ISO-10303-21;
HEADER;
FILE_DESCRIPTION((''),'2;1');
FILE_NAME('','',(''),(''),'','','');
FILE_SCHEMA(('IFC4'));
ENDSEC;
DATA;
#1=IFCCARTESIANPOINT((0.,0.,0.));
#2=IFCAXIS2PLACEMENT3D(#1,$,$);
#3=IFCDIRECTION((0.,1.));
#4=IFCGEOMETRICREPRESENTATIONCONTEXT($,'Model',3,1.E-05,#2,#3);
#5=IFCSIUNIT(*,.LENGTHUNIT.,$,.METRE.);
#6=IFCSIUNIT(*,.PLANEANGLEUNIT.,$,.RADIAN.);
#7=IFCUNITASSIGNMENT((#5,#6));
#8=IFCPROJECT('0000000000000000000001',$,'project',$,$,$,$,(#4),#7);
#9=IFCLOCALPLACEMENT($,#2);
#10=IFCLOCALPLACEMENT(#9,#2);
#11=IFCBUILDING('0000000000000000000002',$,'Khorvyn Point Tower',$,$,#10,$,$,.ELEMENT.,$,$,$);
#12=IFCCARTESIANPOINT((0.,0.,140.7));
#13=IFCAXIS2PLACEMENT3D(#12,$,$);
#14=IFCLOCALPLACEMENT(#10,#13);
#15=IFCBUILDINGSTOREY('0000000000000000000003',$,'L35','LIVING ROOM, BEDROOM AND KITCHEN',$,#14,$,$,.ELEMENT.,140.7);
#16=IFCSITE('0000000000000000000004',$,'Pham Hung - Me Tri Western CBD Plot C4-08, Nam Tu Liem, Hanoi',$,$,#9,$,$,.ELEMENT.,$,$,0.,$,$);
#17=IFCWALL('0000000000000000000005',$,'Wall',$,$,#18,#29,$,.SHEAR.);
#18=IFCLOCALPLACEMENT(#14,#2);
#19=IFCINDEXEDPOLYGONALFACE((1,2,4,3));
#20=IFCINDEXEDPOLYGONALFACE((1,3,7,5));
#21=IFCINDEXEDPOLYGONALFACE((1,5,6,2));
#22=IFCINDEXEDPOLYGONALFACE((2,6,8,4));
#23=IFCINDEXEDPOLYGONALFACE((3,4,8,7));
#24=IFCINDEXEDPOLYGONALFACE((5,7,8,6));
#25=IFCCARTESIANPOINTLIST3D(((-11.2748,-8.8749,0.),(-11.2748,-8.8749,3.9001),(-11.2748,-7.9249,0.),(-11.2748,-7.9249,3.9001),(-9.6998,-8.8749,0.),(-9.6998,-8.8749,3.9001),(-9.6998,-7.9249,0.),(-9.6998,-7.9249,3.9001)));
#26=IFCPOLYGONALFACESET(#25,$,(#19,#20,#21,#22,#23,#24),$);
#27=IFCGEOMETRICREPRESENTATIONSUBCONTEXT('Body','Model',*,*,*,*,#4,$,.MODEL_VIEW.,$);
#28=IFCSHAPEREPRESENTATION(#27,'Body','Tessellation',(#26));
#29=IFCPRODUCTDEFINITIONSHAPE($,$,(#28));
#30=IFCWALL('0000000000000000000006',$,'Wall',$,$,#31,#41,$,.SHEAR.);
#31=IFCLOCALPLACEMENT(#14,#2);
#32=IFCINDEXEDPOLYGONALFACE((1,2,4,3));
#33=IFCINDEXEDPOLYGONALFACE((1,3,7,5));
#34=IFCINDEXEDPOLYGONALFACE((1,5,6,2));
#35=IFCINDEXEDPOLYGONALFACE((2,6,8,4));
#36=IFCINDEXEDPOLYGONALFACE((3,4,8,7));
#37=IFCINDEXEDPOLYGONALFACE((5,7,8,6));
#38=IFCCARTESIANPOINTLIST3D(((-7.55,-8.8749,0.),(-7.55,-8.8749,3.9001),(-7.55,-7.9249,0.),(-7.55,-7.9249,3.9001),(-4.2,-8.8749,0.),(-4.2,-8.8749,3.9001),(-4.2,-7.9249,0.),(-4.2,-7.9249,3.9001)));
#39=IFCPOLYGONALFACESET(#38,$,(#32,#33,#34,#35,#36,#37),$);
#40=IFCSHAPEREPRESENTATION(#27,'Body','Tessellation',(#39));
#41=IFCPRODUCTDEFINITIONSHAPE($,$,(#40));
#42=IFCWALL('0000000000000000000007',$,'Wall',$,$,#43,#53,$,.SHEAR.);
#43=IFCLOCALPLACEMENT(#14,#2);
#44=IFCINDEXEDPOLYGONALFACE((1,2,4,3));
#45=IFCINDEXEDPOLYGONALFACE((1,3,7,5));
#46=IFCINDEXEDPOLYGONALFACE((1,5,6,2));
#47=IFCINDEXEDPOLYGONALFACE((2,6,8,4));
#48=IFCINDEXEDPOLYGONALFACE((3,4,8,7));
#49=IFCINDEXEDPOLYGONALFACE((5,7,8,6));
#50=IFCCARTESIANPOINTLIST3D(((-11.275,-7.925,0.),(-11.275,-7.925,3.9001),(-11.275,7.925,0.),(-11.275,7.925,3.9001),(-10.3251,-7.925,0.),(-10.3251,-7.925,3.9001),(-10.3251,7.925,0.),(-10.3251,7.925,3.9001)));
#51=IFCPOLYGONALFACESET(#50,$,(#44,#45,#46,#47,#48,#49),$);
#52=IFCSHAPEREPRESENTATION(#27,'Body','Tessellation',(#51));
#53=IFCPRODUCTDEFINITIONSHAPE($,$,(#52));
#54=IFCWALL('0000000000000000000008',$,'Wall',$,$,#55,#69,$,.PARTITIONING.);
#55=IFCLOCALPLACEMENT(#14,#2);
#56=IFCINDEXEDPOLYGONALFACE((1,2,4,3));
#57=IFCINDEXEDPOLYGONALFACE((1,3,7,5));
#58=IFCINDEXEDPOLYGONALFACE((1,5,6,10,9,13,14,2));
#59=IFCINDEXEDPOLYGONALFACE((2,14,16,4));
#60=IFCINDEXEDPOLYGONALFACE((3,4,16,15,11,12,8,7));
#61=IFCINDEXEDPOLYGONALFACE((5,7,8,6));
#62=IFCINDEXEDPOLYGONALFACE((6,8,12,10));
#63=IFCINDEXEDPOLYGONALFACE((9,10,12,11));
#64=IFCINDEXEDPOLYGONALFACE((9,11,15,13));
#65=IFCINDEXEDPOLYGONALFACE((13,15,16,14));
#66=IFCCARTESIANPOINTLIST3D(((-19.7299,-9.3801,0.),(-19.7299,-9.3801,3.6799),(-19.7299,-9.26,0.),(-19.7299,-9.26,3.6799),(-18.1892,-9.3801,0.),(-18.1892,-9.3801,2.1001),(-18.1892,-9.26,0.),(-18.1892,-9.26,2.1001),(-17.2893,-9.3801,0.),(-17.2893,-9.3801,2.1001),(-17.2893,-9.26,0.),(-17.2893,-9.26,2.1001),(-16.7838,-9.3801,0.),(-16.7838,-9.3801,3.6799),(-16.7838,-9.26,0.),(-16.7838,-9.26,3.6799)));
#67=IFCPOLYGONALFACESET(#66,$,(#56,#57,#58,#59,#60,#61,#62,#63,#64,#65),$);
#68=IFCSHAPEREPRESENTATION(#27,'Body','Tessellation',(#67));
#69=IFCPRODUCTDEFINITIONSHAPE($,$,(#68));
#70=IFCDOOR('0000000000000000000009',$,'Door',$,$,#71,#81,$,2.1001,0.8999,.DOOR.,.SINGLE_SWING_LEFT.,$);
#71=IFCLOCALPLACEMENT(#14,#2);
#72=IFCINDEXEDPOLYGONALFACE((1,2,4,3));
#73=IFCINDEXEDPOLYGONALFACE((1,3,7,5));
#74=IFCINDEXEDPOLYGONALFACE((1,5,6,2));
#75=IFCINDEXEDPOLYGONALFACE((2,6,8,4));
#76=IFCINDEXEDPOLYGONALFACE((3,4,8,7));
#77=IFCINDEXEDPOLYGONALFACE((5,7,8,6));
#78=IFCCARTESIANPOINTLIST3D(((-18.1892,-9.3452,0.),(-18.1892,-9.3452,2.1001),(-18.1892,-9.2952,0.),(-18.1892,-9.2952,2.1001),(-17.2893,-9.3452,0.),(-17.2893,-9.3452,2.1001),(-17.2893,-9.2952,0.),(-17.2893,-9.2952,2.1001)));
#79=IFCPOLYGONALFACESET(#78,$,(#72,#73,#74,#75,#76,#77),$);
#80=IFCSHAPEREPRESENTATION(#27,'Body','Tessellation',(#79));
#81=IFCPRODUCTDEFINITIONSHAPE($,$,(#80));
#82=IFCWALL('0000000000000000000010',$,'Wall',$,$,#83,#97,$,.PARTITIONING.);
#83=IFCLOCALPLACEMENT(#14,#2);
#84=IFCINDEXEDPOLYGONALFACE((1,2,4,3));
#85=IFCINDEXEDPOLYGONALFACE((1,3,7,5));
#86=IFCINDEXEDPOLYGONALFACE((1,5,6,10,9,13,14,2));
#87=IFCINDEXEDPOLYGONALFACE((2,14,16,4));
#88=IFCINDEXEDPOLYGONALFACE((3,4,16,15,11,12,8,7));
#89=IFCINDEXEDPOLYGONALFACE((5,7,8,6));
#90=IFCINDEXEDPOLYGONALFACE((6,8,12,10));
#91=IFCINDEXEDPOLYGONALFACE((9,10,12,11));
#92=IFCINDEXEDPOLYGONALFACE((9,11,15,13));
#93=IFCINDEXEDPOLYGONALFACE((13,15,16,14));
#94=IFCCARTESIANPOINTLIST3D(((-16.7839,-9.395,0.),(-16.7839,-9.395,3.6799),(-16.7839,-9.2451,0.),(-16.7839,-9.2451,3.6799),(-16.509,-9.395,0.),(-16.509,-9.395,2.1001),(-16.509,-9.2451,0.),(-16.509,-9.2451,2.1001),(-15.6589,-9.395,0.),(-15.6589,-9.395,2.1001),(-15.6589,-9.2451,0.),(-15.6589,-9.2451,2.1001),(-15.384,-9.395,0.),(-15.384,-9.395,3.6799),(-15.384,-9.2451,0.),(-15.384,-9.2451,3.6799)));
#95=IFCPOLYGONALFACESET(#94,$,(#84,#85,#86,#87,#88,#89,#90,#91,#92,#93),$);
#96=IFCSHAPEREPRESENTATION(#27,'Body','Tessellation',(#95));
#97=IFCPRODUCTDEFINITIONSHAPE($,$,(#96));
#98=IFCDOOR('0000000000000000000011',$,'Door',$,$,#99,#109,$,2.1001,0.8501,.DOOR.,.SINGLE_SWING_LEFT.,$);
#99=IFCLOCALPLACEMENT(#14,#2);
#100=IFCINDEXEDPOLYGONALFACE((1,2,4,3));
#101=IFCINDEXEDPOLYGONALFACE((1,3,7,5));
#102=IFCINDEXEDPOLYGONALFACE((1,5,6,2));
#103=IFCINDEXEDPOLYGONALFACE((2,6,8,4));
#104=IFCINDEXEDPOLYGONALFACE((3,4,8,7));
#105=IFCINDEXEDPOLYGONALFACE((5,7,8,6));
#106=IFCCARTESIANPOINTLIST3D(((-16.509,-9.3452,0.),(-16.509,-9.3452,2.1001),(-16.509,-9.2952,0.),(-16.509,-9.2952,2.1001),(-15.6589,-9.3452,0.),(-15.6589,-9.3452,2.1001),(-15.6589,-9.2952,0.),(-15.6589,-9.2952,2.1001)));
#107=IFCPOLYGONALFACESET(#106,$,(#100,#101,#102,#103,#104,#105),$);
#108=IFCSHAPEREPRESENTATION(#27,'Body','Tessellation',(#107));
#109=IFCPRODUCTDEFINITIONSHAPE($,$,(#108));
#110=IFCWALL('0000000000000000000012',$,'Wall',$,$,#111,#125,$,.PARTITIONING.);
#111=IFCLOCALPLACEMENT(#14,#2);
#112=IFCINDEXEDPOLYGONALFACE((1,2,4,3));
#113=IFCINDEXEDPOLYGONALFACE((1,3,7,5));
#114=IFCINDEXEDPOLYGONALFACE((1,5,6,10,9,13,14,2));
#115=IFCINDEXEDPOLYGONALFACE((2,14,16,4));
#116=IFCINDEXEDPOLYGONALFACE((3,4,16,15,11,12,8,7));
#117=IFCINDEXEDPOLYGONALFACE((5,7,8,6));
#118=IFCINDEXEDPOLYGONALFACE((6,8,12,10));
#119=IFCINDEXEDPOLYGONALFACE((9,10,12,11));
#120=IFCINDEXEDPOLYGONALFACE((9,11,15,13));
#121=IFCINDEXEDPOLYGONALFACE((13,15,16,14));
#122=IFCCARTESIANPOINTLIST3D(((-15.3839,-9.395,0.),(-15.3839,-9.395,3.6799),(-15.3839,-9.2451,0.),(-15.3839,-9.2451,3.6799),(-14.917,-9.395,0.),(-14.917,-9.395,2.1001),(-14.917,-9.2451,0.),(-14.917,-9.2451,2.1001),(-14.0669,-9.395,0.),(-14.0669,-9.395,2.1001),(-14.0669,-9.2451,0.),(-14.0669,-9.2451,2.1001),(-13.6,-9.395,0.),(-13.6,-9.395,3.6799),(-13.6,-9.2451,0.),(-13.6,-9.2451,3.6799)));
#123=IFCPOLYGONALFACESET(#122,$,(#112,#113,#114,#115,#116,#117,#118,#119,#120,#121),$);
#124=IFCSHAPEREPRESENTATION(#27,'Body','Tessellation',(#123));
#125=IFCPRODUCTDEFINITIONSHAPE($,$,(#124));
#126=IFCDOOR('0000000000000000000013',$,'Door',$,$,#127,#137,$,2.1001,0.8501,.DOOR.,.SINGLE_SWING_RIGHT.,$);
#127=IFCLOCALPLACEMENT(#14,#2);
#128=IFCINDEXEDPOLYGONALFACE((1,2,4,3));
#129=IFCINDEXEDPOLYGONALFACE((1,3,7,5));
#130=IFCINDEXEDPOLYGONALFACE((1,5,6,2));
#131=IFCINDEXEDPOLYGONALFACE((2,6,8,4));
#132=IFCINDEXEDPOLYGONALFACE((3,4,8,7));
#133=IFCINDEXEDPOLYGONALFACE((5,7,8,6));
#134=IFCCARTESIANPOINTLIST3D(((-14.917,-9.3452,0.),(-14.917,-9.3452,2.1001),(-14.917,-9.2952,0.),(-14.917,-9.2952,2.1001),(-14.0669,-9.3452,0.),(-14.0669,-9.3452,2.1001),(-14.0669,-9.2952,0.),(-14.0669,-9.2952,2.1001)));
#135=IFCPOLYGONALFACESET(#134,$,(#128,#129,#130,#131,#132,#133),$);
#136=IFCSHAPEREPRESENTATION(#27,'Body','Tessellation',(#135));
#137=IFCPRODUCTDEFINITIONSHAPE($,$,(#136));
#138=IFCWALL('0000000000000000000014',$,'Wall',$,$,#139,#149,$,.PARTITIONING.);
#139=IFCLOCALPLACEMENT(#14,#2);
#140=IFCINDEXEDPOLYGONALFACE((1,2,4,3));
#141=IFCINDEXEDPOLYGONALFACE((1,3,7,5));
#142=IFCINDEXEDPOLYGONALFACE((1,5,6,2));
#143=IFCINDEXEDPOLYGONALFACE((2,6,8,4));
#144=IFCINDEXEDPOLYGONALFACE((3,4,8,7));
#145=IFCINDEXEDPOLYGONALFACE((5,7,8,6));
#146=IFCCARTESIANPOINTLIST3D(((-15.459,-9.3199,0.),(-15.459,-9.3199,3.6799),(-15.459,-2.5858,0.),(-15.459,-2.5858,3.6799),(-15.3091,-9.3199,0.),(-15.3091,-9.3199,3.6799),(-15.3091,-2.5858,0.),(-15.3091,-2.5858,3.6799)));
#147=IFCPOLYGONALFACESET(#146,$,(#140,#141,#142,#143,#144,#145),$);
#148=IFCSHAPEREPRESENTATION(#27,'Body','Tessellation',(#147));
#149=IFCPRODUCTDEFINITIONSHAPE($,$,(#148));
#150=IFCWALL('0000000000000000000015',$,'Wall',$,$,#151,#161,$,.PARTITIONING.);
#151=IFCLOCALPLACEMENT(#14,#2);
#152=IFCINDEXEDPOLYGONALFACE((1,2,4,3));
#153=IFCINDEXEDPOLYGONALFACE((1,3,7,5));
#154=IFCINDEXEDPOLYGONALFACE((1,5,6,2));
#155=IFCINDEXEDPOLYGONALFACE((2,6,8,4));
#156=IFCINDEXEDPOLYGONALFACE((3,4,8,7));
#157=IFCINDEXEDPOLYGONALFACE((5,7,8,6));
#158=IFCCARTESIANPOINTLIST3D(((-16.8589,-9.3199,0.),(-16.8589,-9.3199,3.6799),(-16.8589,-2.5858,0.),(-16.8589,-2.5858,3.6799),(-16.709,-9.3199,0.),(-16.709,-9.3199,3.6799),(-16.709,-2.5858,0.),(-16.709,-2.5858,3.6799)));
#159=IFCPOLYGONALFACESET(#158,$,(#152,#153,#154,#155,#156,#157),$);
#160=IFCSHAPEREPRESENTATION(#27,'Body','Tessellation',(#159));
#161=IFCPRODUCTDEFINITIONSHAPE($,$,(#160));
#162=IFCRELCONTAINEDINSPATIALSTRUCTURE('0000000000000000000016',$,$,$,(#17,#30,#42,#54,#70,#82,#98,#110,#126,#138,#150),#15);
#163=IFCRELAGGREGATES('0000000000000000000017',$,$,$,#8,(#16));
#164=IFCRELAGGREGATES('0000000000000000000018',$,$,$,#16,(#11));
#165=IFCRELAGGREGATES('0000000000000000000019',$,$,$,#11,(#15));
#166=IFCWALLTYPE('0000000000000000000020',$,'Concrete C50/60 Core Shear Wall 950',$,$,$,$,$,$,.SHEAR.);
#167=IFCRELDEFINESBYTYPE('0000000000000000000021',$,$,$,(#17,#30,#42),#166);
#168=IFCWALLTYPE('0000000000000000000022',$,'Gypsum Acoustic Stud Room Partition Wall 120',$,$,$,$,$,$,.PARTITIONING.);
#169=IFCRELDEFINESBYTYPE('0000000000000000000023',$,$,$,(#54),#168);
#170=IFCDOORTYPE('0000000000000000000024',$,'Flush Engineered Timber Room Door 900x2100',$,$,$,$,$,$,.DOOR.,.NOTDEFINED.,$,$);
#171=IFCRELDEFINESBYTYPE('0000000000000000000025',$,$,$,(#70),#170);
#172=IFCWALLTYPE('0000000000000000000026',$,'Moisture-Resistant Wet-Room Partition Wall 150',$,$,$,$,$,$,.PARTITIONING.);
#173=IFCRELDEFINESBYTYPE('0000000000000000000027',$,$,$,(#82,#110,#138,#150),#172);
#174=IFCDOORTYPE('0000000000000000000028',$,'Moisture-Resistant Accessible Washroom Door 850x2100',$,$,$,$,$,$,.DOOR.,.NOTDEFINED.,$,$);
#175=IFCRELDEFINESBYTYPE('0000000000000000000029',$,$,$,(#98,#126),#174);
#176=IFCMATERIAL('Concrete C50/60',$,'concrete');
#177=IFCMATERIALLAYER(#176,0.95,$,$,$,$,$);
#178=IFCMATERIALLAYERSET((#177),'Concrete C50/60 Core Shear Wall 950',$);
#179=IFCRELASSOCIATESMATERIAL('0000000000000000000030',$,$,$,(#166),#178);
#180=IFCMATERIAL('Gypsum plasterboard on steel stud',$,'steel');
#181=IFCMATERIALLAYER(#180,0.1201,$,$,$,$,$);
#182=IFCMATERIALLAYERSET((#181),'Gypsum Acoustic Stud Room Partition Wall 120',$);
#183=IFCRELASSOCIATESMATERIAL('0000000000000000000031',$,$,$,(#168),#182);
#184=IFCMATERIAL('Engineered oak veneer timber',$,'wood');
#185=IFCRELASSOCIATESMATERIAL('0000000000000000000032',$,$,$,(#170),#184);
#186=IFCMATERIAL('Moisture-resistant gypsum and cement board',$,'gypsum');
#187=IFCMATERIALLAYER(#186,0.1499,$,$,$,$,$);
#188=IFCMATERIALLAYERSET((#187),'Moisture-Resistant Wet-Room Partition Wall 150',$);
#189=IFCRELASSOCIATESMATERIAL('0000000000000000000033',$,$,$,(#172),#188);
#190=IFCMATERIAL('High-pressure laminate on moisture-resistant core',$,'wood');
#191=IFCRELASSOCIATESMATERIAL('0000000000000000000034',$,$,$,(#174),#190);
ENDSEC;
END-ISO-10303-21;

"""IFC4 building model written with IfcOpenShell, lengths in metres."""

from ifc_helpers import new_model, si_unit, direction, frame, frame_2d, origin, place, context, subcontext, project, spatial, rectangle, extrude, material, layer, layer_set, type_object, element, fill, save


model = new_model("IFC4")

# Units and contexts
model_context = context("Model", 3, precision=1e-05, world=origin(), true_north=direction((0.0, 1.0)))
body_context = subcontext(model_context, "Body", "Model", "MODEL_VIEW")
ifc_project = project(units=[si_unit("LENGTHUNIT", "METRE"), si_unit("PLANEANGLEUNIT", "RADIAN")], contexts=[model_context])

# Site, building, storey
site_placement = place(None, origin())
site = spatial("IfcSite", under=ifc_project, at=site_placement, Name="Pham Hung - Me Tri Western CBD Plot C4-08, Nam Tu Liem, Hanoi", CompositionType="ELEMENT", RefElevation=0.0)
building_placement = place(site_placement, origin())
building = spatial("IfcBuilding", under=site, at=building_placement, Name="Khorvyn Point Tower", CompositionType="ELEMENT")
storey_placement = place(building_placement, frame((0.0, 0.0, 140.7)))
storey = spatial("IfcBuildingStorey", under=building, at=storey_placement, Name="L35", Description="LIVING ROOM, BEDROOM AND KITCHEN", CompositionType="ELEMENT", Elevation=140.7)

# Shared definitions
ifc_material_1 = material(Name="Concrete C50/60", Category="concrete")

# Walls
ifc_layer_1 = layer(ifc_material_1, 0.95)
ifc_layer_set_1 = layer_set([ifc_layer_1], Name="Concrete C50/60 Core Shear Wall 950")
wall_type_1 = type_object("IfcWallType", Name="Concrete C50/60 Core Shear Wall 950", PredefinedType="SHEAR", material=ifc_layer_set_1)
wall_1_placement = place(storey_placement, frame((-11.2749, -8.3999, 0.0), z_axis=(0.0, 0.0, 1.0), x_axis=(1.0, 0.0, 0.0)))
element("IfcWall", 1, at=wall_1_placement, inside=storey, type_object=wall_type_1, Name="Wall", PredefinedType="SHEAR", context=body_context, shape_type="SweptSolid", body=[
    extrude(rectangle(XDim=1.575, YDim=0.95, at=frame_2d((0.7876, 0.0))), origin(), (0.0, 0.0, 1.0), 3.9001),
])
wall_2_placement = place(storey_placement, frame((-7.55, -8.3999, 0.0), z_axis=(0.0, 0.0, 1.0), x_axis=(1.0, 0.0, 0.0)))
element("IfcWall", 2, at=wall_2_placement, inside=storey, type_object=wall_type_1, Name="Wall", PredefinedType="SHEAR", context=body_context, shape_type="SweptSolid", body=[
    extrude(rectangle(XDim=3.3501, YDim=0.95, at=frame_2d((1.675, 0.0))), origin(), (0.0, 0.0, 1.0), 3.9001),
])
wall_3_placement = place(storey_placement, frame((-10.8, -7.925, 0.0), z_axis=(0.0, 0.0, 1.0), x_axis=(0.0, 1.0, 0.0)))
element("IfcWall", 3, at=wall_3_placement, inside=storey, type_object=wall_type_1, Name="Wall", PredefinedType="SHEAR", context=body_context, shape_type="SweptSolid", body=[
    extrude(rectangle(XDim=15.8501, YDim=0.95, at=frame_2d((7.925, 0.0))), origin(), (0.0, 0.0, 1.0), 3.9001),
])

# Walls, openings, doors
ifc_material_2 = material(Name="Gypsum plasterboard on steel stud", Category="steel")
ifc_layer_2 = layer(ifc_material_2, 0.1201)
ifc_layer_set_2 = layer_set([ifc_layer_2], Name="Gypsum Acoustic Stud Room Partition Wall 120")
wall_type_2 = type_object("IfcWallType", Name="Gypsum Acoustic Stud Room Partition Wall 120", PredefinedType="PARTITIONING", material=ifc_layer_set_2)
wall_4_placement = place(storey_placement, frame((-19.73, -9.3201, 0.0), z_axis=(0.0, 0.0, 1.0), x_axis=(1.0, 0.0, 0.0)))
wall_4 = element("IfcWall", 4, at=wall_4_placement, inside=storey, type_object=wall_type_2, Name="Wall", PredefinedType="PARTITIONING", context=body_context, shape_type="SweptSolid", body=[
    extrude(rectangle(XDim=2.946, YDim=0.1201, at=frame_2d((1.4731, 0.0))), origin(), (0.0, 0.0, 1.0), 3.6799),
])
opening_1_placement = place(wall_4_placement, frame((1.5408, 0.0, 0.0)))
opening_1 = element("IfcOpeningElement", 5, at=opening_1_placement, cuts=wall_4, PredefinedType="OPENING", context=body_context, shape_type="SweptSolid", body=[
    extrude(rectangle(XDim=0.8999, YDim=2.1001, at=frame_2d((0.45, 1.05))), frame((0.0, 0.0701, 0.0), z_axis=(0.0, -1.0, 0.0), x_axis=(1.0, 0.0, 0.0)), (0.0, 0.0, 1.0), 0.1401),
])
ifc_material_3 = material(Name="Engineered oak veneer timber", Category="wood")
door_type_1 = type_object("IfcDoorType", Name="Flush Engineered Timber Room Door 900x2100", OperationType="NOTDEFINED", PredefinedType="DOOR", material=ifc_material_3)
door_1_placement = place(opening_1_placement, origin())
door_1 = element("IfcDoor", 6, at=door_1_placement, inside=storey, type_object=door_type_1, Name="Door", OperationType="SINGLE_SWING_LEFT", OverallHeight=2.1001, OverallWidth=0.8999, PredefinedType="DOOR", context=body_context, shape_type="SweptSolid", body=[
    extrude(rectangle(XDim=0.8999, YDim=2.1001, at=frame_2d((0.45, 1.05))), frame((0.0, 0.0249, 0.0), z_axis=(0.0, -1.0, 0.0), x_axis=(1.0, 0.0, 0.0)), (0.0, 0.0, 1.0), 0.05),
])
fill(opening_1, door_1)
ifc_material_4 = material(Name="Moisture-resistant gypsum and cement board", Category="gypsum")
ifc_layer_3 = layer(ifc_material_4, 0.1499)
ifc_layer_set_3 = layer_set([ifc_layer_3], Name="Moisture-Resistant Wet-Room Partition Wall 150")
wall_type_3 = type_object("IfcWallType", Name="Moisture-Resistant Wet-Room Partition Wall 150", PredefinedType="PARTITIONING", material=ifc_layer_set_3)
wall_5_placement = place(storey_placement, frame((-16.7839, -9.3201, 0.0), z_axis=(0.0, 0.0, 1.0), x_axis=(1.0, 0.0, 0.0)))
wall_5 = element("IfcWall", 7, at=wall_5_placement, inside=storey, type_object=wall_type_3, Name="Wall", PredefinedType="PARTITIONING", context=body_context, shape_type="SweptSolid", body=[
    extrude(rectangle(XDim=1.3999, YDim=0.1499, at=frame_2d((0.7, 0.0))), origin(), (0.0, 0.0, 1.0), 3.6799),
])
opening_2_placement = place(wall_5_placement, frame((0.2749, 0.0, 0.0)))
opening_2 = element("IfcOpeningElement", 8, at=opening_2_placement, cuts=wall_5, PredefinedType="OPENING", context=body_context, shape_type="SweptSolid", body=[
    extrude(rectangle(XDim=0.8501, YDim=2.1001, at=frame_2d((0.425, 1.05))), frame((0.0, 0.085, 0.0), z_axis=(0.0, -1.0, 0.0), x_axis=(1.0, 0.0, 0.0)), (0.0, 0.0, 1.0), 0.1699),
])
ifc_material_5 = material(Name="High-pressure laminate on moisture-resistant core", Category="wood")
door_type_2 = type_object("IfcDoorType", Name="Moisture-Resistant Accessible Washroom Door 850x2100", OperationType="NOTDEFINED", PredefinedType="DOOR", material=ifc_material_5)
door_2_placement = place(opening_2_placement, origin())
door_2 = element("IfcDoor", 9, at=door_2_placement, inside=storey, type_object=door_type_2, Name="Door", OperationType="SINGLE_SWING_LEFT", OverallHeight=2.1001, OverallWidth=0.8501, PredefinedType="DOOR", context=body_context, shape_type="SweptSolid", body=[
    extrude(rectangle(XDim=0.8501, YDim=2.1001, at=frame_2d((0.425, 1.05))), frame((0.0, 0.0249, 0.0), z_axis=(0.0, -1.0, 0.0), x_axis=(1.0, 0.0, 0.0)), (0.0, 0.0, 1.0), 0.05),
])
fill(opening_2, door_2)
wall_6_placement = place(storey_placement, frame((-15.384, -9.3201, 0.0), z_axis=(0.0, 0.0, 1.0), x_axis=(1.0, 0.0, 0.0)))
wall_6 = element("IfcWall", 10, at=wall_6_placement, inside=storey, type_object=wall_type_3, Name="Wall", PredefinedType="PARTITIONING", context=body_context, shape_type="SweptSolid", body=[
    extrude(rectangle(XDim=1.7839, YDim=0.1499, at=frame_2d((0.8921, 0.0))), origin(), (0.0, 0.0, 1.0), 3.6799),
])
opening_3_placement = place(wall_6_placement, frame((0.467, 0.0, 0.0)))
opening_3 = element("IfcOpeningElement", 11, at=opening_3_placement, cuts=wall_6, PredefinedType="OPENING", context=body_context, shape_type="SweptSolid", body=[
    extrude(rectangle(XDim=0.8501, YDim=2.1001, at=frame_2d((0.425, 1.05))), frame((0.0, 0.085, 0.0), z_axis=(0.0, -1.0, 0.0), x_axis=(1.0, 0.0, 0.0)), (0.0, 0.0, 1.0), 0.1699),
])
door_3_placement = place(opening_3_placement, origin())
door_3 = element("IfcDoor", 12, at=door_3_placement, inside=storey, type_object=door_type_2, Name="Door", OperationType="SINGLE_SWING_RIGHT", OverallHeight=2.1001, OverallWidth=0.8501, PredefinedType="DOOR", context=body_context, shape_type="SweptSolid", body=[
    extrude(rectangle(XDim=0.8501, YDim=2.1001, at=frame_2d((0.425, 1.05))), frame((0.0, 0.0249, 0.0), z_axis=(0.0, -1.0, 0.0), x_axis=(1.0, 0.0, 0.0)), (0.0, 0.0, 1.0), 0.05),
])
fill(opening_3, door_3)

# Walls
for number, where, z_axis, x_axis, name in (
    (13, (-15.384, -9.3201, 0.0), (0.0, 0.0, 1.0), (0.0, 1.0, 0.0), "Wall"),
    (14, (-16.7839, -9.3201, 0.0), (0.0, 0.0, 1.0), (0.0, 1.0, 0.0), "Wall"),
):
    element("IfcWall", number, at=place(storey_placement, frame(where, z_axis=z_axis, x_axis=x_axis)), inside=storey, type_object=wall_type_3, Name=name, PredefinedType="PARTITIONING", context=body_context, shape_type="SweptSolid", body=[
        extrude(rectangle(XDim=6.7341, YDim=0.1499, at=frame_2d((3.3672, 0.0))), origin(), (0.0, 0.0, 1.0), 3.6799),
    ])

save(model, "model.ifc")
